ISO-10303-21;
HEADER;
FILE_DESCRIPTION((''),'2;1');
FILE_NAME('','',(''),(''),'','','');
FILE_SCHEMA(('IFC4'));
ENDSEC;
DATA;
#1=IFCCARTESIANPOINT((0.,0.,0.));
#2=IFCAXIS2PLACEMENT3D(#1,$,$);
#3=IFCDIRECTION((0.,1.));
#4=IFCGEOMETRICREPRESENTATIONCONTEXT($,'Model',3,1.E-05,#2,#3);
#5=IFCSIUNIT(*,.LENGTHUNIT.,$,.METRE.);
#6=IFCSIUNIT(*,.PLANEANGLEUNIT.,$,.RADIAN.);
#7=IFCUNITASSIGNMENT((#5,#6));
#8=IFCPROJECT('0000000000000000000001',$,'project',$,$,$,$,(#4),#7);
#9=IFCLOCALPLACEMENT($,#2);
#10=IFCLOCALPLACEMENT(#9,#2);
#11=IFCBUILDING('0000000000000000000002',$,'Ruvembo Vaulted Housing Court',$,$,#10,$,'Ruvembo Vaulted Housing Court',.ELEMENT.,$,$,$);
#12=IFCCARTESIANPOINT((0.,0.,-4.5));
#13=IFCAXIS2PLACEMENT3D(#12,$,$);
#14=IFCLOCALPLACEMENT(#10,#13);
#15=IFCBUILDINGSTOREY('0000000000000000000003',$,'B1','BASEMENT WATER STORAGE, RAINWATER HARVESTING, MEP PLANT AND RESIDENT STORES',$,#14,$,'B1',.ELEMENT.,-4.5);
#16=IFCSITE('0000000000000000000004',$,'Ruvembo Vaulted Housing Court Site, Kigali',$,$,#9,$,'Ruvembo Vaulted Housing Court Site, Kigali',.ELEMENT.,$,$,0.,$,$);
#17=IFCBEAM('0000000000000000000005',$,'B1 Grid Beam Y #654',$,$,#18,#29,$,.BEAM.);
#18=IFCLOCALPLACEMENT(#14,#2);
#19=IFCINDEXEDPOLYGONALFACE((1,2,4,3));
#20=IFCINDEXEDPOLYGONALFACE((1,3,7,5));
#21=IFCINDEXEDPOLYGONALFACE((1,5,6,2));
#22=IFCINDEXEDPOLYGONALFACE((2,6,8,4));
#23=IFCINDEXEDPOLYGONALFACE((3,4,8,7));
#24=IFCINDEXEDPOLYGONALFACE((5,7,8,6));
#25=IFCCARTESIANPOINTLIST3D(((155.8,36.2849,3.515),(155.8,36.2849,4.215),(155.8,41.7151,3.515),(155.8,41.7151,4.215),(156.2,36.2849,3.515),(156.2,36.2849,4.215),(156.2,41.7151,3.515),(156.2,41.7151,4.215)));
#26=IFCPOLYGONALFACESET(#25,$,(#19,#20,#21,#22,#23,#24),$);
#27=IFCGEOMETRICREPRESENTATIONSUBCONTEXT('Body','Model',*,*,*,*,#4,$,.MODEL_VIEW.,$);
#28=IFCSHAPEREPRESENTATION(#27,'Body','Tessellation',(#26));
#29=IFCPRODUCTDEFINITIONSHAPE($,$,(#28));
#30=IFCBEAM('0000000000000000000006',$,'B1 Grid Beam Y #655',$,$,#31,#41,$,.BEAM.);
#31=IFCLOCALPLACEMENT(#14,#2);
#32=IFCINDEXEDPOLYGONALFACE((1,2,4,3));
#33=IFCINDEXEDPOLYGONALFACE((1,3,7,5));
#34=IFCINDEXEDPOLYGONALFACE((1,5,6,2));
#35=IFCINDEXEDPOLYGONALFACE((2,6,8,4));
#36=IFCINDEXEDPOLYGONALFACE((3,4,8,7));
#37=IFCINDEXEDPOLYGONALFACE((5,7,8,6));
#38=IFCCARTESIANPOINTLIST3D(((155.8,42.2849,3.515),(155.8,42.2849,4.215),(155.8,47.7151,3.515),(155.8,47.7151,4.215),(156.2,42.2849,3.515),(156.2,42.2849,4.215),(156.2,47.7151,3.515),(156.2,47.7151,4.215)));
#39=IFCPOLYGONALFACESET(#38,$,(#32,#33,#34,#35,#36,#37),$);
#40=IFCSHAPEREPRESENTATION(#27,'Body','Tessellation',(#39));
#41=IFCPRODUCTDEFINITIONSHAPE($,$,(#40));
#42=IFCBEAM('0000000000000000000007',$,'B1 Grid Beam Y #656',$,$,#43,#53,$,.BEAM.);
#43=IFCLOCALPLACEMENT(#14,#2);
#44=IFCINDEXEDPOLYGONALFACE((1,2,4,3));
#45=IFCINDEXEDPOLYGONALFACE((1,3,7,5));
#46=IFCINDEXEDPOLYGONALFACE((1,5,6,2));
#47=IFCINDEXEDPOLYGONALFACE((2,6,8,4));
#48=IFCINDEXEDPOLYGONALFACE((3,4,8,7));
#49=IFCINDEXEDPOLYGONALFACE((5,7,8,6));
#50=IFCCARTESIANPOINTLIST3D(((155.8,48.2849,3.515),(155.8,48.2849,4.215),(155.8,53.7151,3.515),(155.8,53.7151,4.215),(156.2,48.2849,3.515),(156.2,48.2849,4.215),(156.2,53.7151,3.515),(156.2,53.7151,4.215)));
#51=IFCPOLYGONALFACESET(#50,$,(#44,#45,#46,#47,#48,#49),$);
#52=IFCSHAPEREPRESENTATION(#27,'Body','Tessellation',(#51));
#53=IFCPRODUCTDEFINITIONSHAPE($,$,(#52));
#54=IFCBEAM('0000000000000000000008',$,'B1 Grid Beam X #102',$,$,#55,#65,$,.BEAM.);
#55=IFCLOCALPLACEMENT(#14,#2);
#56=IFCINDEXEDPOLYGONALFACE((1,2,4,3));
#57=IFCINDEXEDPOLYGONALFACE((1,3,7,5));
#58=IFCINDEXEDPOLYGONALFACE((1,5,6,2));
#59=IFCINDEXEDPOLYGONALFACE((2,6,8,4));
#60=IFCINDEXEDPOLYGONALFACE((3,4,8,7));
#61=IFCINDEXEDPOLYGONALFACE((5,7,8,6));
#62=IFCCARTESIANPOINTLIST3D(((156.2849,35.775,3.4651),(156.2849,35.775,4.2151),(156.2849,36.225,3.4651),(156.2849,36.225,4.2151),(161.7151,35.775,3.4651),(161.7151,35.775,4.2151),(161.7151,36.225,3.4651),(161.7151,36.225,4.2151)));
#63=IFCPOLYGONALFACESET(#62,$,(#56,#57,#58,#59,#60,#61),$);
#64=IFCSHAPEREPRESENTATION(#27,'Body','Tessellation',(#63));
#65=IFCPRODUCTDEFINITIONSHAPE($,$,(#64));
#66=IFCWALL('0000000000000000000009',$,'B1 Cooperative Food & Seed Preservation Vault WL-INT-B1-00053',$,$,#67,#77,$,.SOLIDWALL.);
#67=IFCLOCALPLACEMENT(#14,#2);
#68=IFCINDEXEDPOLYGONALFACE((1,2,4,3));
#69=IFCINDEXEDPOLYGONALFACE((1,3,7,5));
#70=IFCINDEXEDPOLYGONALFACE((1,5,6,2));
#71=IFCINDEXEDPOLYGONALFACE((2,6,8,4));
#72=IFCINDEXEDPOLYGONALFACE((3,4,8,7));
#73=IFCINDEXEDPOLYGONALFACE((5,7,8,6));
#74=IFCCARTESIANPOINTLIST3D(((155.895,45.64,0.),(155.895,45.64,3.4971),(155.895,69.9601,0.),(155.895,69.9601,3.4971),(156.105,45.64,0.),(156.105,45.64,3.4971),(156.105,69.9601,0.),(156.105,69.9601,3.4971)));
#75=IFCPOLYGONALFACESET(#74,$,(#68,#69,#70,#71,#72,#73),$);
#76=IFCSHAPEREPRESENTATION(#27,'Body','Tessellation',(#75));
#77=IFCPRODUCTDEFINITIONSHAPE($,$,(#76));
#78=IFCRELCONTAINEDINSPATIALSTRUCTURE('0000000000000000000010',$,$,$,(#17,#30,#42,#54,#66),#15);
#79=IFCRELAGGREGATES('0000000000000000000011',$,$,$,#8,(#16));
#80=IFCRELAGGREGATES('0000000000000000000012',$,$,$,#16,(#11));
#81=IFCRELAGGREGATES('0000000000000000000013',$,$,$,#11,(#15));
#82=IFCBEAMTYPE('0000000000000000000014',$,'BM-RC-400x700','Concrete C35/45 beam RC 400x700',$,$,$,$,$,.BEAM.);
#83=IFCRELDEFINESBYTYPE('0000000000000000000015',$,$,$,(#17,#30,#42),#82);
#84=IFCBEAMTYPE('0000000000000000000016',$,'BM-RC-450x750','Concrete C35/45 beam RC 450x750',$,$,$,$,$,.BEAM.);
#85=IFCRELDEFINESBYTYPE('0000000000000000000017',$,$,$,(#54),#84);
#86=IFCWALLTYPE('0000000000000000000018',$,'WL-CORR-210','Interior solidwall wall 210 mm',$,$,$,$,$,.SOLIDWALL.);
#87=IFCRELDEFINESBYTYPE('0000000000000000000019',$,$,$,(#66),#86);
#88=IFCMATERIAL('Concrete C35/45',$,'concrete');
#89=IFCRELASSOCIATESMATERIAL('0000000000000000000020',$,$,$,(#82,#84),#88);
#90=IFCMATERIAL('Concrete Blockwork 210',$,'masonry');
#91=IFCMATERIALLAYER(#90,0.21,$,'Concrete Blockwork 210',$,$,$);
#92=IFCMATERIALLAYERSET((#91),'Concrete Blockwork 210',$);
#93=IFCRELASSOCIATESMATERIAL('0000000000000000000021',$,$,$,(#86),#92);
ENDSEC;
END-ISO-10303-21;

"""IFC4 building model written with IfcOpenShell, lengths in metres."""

from ifc_helpers import new_model, si_unit, direction, frame, frame_2d, origin, origin_2d, place, context, subcontext, project, spatial, rectangle, extrude, material, layer, layer_set, material_profile, profile_set, type_object, element, save


model = new_model("IFC4")

# Units and contexts
model_context = context("Model", 3, precision=1e-05, world=origin(), true_north=direction((0.0, 1.0)))
body_context = subcontext(model_context, "Body", "Model", "MODEL_VIEW")
ifc_project = project(units=[si_unit("LENGTHUNIT", "METRE"), si_unit("PLANEANGLEUNIT", "RADIAN")], contexts=[model_context])

# Site, building, storey
site_placement = place(None, origin())
site = spatial("IfcSite", under=ifc_project, at=site_placement, Name="Ruvembo Vaulted Housing Court Site, Kigali", LongName="Ruvembo Vaulted Housing Court Site, Kigali", CompositionType="ELEMENT", RefElevation=0.0)
building_placement = place(site_placement, origin())
building = spatial("IfcBuilding", under=site, at=building_placement, Name="Ruvembo Vaulted Housing Court", LongName="Ruvembo Vaulted Housing Court", CompositionType="ELEMENT")
storey_placement = place(building_placement, frame((0.0, 0.0, -4.5)))
storey = spatial("IfcBuildingStorey", under=building, at=storey_placement, Name="B1", Description="BASEMENT WATER STORAGE, RAINWATER HARVESTING, MEP PLANT AND RESIDENT STORES", LongName="B1", CompositionType="ELEMENT", Elevation=-4.5)

# Shared definitions
ifc_material_1 = material(Name="Concrete C35/45", Category="concrete")

# Beams
ifc_material_profile_1 = material_profile(ifc_material_1, rectangle(XDim=0.3999, YDim=0.7, at=origin_2d()), Name="RC 400x700")
ifc_profile_set_1 = profile_set([ifc_material_profile_1], Name="Concrete C35/45")
beam_type_1 = type_object("IfcBeamType", Name="BM-RC-400x700", Description="Concrete C35/45 beam RC 400x700", PredefinedType="BEAM", material=ifc_profile_set_1)
for number, where, z_axis, x_axis, name in (
    (1, (156.0, 36.2849, 3.865), (0.0, 1.0, 0.0), (-1.0, 0.0, 0.0), "B1 Grid Beam Y #654"),
    (2, (156.0, 42.2849, 3.865), (0.0, 1.0, 0.0), (-1.0, 0.0, 0.0), "B1 Grid Beam Y #655"),
    (3, (156.0, 48.2849, 3.865), (0.0, 1.0, 0.0), (-1.0, 0.0, 0.0), "B1 Grid Beam Y #656"),
):
    element("IfcBeam", number, at=place(storey_placement, frame(where, z_axis=z_axis, x_axis=x_axis)), inside=storey, type_object=beam_type_1, Name=name, PredefinedType="BEAM", context=body_context, shape_type="SweptSolid", body=[
        extrude(rectangle(XDim=0.3999, YDim=0.7, at=origin_2d()), origin(), (0.0, 0.0, 1.0), 5.4302),
    ])
ifc_material_profile_2 = material_profile(ifc_material_1, rectangle(XDim=0.45, YDim=0.75, at=origin_2d()), Name="RC 450x750")
ifc_profile_set_2 = profile_set([ifc_material_profile_2], Name="Concrete C35/45")
beam_type_2 = type_object("IfcBeamType", Name="BM-RC-450x750", Description="Concrete C35/45 beam RC 450x750", PredefinedType="BEAM", material=ifc_profile_set_2)
beam_placement = place(storey_placement, frame((156.2849, 36.0, 3.8401), z_axis=(1.0, 0.0, 0.0), x_axis=(0.0, 1.0, 0.0)))
element("IfcBeam", 4, at=beam_placement, inside=storey, type_object=beam_type_2, Name="B1 Grid Beam X #102", PredefinedType="BEAM", context=body_context, shape_type="SweptSolid", body=[
    extrude(rectangle(XDim=0.45, YDim=0.75, at=origin_2d()), origin(), (0.0, 0.0, 1.0), 5.4302),
])

# Wall
ifc_material_2 = material(Name="Concrete Blockwork 210", Category="masonry")
ifc_layer = layer(ifc_material_2, 0.21, Name="Concrete Blockwork 210")
ifc_layer_set = layer_set([ifc_layer], Name="Concrete Blockwork 210")
wall_type = type_object("IfcWallType", Name="WL-CORR-210", Description="Interior solidwall wall 210 mm", PredefinedType="SOLIDWALL", material=ifc_layer_set)
wall_placement = place(storey_placement, frame((156.0, 45.6399, 0.0), z_axis=(0.0, 0.0, 1.0), x_axis=(0.0, 1.0, 0.0)))
element("IfcWall", 5, at=wall_placement, inside=storey, type_object=wall_type, Name="B1 Cooperative Food & Seed Preservation Vault WL-INT-B1-00053", PredefinedType="SOLIDWALL", context=body_context, shape_type="SweptSolid", body=[
    extrude(rectangle(XDim=24.3201, YDim=0.21, at=frame_2d((12.1602, 0.0))), origin(), (0.0, 0.0, 1.0), 3.4971),
])

save(model, "model.ifc")
